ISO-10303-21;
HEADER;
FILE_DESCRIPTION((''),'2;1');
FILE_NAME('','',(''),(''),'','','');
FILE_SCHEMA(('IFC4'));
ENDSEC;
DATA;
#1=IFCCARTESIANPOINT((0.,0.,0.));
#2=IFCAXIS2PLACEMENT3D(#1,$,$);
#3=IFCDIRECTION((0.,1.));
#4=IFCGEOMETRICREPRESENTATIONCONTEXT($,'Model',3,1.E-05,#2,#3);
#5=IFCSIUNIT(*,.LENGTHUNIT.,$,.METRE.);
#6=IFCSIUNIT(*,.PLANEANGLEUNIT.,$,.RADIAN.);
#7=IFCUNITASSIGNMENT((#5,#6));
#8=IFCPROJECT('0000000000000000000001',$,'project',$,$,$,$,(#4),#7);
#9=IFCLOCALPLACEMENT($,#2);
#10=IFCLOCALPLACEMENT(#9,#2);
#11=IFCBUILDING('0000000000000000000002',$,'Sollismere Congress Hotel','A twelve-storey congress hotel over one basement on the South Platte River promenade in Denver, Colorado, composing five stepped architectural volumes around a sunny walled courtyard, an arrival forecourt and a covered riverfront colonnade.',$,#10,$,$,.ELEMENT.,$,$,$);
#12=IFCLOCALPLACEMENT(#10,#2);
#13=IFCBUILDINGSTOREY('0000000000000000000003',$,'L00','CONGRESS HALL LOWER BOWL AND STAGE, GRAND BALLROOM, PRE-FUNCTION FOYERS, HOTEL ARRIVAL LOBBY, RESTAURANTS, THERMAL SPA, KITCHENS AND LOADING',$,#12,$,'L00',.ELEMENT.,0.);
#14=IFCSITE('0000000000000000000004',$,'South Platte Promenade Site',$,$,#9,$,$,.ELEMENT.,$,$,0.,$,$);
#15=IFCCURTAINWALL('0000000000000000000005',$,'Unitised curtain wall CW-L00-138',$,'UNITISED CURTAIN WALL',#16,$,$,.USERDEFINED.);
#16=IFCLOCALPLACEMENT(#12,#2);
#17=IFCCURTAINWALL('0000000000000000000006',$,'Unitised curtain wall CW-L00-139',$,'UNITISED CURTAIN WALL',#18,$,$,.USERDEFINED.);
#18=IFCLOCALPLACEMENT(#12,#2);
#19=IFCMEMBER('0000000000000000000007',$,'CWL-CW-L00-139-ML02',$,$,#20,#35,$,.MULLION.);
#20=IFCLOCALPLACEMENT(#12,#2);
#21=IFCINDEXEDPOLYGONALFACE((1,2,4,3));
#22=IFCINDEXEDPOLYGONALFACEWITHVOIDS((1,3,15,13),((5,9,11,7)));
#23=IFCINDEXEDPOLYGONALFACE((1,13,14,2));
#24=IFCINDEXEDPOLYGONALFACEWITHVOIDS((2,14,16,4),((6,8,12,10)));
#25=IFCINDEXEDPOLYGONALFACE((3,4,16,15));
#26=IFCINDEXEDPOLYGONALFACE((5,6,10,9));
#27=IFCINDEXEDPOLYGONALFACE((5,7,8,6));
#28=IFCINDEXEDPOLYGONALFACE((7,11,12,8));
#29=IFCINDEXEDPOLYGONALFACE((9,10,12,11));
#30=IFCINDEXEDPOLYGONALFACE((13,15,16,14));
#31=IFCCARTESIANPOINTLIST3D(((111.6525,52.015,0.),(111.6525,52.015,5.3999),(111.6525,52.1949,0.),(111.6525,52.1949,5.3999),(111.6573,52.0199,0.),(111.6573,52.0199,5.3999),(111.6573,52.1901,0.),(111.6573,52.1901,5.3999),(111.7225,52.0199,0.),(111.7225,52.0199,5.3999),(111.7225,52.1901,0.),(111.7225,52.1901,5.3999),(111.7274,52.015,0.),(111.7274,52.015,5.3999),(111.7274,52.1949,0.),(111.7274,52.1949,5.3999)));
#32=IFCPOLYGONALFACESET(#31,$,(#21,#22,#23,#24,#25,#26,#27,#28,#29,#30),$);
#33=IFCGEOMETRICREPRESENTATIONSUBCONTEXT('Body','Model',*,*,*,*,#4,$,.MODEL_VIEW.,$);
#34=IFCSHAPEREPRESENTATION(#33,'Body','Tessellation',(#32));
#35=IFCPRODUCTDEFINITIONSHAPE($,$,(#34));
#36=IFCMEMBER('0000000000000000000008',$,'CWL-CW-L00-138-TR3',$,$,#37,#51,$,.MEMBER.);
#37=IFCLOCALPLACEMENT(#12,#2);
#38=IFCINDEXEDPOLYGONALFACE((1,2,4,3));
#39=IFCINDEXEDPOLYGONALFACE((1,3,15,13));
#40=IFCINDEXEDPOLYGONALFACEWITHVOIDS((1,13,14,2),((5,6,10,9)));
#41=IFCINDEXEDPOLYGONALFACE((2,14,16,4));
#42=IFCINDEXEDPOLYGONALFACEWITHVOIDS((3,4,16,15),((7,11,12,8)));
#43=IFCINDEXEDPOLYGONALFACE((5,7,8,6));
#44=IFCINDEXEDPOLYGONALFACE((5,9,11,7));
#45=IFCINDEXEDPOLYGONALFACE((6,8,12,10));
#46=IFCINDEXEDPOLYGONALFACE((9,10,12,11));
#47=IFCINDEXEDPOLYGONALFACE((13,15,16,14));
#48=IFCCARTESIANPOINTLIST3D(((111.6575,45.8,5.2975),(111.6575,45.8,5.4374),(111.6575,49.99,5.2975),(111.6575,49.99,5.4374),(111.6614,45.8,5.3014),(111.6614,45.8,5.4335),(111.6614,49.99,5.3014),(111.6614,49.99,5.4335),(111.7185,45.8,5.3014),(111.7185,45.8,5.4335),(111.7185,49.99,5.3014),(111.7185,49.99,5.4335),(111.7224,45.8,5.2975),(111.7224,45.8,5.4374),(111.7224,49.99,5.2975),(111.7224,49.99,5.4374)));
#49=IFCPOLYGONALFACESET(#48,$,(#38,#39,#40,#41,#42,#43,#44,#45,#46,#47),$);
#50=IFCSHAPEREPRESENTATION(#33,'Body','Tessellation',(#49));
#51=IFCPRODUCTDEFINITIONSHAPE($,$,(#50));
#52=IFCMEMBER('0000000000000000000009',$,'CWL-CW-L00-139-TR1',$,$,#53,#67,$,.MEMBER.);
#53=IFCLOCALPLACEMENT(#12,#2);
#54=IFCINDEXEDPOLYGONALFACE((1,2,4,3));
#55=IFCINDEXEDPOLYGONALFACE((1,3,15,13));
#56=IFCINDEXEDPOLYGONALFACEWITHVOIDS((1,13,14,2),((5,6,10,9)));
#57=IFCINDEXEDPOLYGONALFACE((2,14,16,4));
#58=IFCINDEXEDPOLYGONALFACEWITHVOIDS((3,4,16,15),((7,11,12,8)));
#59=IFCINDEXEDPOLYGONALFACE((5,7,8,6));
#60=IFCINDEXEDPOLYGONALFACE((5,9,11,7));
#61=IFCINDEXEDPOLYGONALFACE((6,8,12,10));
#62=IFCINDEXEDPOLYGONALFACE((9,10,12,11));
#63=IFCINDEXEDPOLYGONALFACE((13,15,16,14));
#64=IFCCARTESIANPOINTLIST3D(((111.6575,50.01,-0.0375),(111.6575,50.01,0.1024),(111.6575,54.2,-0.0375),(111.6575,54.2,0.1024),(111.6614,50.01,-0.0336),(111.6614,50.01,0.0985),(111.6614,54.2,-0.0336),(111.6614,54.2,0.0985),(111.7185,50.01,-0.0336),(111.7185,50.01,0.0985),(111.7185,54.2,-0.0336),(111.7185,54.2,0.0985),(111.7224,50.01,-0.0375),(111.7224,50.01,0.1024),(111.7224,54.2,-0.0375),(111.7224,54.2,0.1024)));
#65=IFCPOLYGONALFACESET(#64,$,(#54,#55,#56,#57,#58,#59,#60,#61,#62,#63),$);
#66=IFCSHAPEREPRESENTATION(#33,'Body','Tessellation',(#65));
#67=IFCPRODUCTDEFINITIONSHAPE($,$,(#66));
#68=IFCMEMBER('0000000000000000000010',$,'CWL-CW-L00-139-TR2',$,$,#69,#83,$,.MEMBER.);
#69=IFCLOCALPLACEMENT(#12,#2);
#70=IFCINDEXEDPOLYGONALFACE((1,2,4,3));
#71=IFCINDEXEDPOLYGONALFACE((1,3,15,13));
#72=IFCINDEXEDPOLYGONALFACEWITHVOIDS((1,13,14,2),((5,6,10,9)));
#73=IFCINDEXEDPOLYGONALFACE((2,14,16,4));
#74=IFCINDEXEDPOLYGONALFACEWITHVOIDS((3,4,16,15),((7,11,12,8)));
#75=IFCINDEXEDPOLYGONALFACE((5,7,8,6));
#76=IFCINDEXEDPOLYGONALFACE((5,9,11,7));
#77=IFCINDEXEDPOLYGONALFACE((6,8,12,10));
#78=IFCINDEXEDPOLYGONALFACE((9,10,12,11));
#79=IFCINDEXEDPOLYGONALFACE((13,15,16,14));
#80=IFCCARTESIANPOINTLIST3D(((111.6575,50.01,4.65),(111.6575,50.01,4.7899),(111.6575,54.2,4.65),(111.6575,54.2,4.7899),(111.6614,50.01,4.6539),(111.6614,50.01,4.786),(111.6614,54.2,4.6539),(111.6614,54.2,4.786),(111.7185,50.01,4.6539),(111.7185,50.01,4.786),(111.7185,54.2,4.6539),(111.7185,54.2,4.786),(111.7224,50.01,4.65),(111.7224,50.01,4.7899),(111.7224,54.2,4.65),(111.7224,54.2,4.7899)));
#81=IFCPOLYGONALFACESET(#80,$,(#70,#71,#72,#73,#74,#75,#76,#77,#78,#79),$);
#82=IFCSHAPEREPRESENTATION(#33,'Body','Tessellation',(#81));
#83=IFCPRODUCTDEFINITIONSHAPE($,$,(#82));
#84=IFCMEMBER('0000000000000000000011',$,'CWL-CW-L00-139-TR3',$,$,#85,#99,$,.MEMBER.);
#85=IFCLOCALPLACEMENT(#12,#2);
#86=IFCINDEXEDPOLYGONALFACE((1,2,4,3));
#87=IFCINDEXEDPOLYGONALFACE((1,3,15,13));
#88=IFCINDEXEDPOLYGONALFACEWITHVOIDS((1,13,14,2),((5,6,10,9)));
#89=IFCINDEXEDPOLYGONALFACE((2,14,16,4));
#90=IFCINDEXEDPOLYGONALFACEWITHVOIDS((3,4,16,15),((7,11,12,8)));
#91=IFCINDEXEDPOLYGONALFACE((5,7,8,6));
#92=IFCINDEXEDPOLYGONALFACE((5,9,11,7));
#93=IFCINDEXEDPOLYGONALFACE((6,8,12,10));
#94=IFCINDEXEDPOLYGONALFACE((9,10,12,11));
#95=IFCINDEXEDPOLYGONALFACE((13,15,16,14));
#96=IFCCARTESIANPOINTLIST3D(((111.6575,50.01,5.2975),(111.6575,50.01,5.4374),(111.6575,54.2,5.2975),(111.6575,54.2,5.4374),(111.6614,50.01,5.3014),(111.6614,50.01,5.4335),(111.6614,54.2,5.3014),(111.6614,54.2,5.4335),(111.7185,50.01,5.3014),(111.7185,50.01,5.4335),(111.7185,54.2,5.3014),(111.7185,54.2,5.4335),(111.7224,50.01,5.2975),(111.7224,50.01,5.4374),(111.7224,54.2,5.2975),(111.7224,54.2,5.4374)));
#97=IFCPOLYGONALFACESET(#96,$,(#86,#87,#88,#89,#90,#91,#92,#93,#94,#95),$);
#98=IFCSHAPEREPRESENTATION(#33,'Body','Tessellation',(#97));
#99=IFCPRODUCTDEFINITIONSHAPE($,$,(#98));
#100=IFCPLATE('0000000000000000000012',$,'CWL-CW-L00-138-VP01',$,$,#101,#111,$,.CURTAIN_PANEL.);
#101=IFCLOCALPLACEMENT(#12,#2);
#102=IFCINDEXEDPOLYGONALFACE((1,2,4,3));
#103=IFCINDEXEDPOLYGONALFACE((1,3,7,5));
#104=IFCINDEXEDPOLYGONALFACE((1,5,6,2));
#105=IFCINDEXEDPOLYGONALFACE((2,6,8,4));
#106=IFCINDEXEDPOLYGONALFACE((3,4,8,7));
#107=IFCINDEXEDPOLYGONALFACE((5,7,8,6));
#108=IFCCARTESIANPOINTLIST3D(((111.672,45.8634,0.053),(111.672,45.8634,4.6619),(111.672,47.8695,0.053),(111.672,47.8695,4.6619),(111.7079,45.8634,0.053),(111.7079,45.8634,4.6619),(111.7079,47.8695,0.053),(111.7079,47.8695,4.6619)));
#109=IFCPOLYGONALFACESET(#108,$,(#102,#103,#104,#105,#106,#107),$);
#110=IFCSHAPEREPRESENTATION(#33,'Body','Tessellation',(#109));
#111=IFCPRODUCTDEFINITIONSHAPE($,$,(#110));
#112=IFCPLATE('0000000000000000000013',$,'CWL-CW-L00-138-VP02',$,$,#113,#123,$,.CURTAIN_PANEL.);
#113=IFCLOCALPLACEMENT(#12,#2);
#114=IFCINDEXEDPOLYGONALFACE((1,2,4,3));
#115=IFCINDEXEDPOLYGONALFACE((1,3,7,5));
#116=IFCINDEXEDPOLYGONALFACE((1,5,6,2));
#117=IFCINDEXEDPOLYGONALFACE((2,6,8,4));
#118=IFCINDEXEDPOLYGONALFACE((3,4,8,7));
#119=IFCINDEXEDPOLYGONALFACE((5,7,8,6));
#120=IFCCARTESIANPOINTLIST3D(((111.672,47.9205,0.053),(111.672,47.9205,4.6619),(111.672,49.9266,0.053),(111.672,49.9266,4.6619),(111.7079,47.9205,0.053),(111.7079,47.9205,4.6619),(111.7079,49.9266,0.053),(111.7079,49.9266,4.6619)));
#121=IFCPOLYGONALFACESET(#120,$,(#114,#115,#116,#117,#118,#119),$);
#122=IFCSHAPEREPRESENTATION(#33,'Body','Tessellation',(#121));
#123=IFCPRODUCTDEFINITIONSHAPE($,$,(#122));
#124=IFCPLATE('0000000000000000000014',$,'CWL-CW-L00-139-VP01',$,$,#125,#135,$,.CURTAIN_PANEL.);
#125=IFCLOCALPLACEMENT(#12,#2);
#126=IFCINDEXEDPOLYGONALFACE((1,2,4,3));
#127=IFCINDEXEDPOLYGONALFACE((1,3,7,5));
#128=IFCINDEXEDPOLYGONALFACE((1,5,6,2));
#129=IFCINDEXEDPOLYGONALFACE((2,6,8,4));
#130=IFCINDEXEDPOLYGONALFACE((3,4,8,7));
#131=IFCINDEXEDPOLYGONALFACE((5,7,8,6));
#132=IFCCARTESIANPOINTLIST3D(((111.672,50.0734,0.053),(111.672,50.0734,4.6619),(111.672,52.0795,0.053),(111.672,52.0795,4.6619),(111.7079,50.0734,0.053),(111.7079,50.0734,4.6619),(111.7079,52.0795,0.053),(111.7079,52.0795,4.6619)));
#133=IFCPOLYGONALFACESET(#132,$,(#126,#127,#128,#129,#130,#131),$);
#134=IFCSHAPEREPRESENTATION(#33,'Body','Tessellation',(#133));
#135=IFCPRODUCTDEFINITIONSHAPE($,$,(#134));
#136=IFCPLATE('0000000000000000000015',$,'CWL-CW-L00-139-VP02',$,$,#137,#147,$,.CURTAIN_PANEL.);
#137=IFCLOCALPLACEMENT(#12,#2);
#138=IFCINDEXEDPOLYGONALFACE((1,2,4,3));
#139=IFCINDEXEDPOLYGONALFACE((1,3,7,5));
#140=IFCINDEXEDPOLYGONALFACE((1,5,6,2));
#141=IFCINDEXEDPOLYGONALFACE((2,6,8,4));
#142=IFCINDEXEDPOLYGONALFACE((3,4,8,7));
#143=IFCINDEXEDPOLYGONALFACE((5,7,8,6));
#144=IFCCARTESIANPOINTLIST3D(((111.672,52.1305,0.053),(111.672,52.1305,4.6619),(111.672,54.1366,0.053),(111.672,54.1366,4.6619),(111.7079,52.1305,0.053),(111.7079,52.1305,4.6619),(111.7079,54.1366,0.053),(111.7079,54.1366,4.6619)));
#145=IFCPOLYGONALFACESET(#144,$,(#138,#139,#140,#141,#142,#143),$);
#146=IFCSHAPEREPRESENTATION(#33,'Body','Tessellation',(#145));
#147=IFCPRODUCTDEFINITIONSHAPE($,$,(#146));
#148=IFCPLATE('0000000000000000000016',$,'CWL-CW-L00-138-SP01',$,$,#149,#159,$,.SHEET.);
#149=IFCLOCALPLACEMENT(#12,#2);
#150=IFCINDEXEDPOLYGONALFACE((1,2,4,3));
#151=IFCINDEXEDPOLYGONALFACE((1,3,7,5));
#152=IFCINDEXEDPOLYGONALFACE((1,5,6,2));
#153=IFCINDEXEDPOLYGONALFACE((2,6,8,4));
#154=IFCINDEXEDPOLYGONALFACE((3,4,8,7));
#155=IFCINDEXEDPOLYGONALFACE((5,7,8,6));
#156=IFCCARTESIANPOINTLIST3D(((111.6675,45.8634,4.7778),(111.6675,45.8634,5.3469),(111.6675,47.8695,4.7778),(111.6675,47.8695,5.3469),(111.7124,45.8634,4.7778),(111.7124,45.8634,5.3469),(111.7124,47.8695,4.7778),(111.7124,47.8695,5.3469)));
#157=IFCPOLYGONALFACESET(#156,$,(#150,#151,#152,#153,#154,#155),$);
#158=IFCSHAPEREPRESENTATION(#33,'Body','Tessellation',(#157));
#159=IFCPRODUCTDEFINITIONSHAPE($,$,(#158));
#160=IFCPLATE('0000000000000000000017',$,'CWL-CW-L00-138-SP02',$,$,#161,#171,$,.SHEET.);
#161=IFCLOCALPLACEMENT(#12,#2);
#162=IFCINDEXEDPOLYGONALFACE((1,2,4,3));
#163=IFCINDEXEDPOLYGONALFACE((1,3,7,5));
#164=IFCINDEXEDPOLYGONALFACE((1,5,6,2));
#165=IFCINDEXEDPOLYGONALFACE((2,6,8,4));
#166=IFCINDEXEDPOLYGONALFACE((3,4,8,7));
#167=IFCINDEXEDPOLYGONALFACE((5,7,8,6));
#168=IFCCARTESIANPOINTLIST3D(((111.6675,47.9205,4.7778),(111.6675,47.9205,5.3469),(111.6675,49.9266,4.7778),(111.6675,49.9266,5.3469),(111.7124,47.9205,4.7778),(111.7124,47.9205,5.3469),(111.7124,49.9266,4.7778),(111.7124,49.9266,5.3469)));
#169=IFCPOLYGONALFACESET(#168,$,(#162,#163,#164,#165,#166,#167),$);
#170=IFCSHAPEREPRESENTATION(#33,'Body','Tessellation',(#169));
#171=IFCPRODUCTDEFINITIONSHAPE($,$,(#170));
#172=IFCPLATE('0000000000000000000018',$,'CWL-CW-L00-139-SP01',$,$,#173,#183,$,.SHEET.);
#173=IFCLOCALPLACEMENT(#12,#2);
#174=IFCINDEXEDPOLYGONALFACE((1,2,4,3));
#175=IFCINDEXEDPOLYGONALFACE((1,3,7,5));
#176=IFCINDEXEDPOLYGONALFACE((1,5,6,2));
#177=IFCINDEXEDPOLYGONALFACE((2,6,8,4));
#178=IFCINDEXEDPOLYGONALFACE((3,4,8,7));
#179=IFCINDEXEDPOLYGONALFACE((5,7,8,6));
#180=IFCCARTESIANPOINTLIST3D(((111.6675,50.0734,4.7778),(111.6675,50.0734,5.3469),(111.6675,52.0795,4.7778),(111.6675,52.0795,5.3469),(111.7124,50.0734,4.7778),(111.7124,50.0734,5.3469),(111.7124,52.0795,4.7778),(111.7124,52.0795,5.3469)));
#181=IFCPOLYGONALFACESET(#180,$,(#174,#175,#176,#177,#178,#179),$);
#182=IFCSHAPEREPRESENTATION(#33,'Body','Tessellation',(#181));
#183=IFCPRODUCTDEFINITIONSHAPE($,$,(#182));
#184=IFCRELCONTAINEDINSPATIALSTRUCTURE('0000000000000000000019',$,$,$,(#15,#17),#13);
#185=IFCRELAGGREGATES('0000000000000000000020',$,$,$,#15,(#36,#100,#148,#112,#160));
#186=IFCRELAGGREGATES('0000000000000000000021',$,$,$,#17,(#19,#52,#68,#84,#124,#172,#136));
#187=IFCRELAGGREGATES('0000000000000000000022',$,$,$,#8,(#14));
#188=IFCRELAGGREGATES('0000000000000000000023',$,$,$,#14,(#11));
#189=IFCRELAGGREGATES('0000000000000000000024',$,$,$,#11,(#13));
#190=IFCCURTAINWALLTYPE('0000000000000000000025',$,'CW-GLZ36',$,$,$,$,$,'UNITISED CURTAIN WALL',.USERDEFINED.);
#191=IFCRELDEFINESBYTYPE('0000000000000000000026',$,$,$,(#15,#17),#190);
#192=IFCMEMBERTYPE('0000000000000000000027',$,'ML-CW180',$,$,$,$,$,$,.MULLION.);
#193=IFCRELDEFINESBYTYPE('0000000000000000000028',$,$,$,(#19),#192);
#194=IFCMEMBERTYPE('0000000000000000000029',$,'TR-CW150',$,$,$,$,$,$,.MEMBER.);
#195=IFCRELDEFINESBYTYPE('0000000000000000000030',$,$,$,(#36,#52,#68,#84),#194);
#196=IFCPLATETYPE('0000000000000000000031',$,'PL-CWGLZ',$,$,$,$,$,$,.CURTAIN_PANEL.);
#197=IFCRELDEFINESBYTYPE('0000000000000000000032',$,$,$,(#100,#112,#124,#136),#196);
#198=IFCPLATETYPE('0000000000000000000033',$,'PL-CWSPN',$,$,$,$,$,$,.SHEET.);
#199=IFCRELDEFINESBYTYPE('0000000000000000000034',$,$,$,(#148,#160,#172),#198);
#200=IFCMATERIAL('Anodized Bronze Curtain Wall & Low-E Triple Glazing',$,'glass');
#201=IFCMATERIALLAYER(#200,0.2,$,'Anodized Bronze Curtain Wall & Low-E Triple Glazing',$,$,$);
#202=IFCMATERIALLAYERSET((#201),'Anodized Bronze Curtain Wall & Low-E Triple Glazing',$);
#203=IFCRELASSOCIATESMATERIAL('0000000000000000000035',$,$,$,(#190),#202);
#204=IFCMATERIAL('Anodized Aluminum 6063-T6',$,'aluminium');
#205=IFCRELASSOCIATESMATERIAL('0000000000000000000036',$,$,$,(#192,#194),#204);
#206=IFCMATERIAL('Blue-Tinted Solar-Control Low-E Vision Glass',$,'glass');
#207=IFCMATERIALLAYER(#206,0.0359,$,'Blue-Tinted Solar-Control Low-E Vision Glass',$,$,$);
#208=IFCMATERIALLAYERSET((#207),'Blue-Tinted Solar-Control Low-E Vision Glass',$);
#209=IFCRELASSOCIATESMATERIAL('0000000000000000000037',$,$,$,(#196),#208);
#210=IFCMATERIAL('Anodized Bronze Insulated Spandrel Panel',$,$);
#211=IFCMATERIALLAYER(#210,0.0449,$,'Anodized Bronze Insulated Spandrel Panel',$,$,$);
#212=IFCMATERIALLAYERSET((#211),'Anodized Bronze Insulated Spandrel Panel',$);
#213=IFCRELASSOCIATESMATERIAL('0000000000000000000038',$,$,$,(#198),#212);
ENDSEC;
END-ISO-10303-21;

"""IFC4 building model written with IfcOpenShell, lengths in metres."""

from ifc_helpers import new_model, si_unit, direction, frame, origin, origin_2d, place, context, subcontext, project, spatial, rectangle, hollow_rectangle, extrude, material, layer, layer_set, material_profile, profile_set, type_object, element, aggregate, save


model = new_model("IFC4")

# Units and contexts
model_context = context("Model", 3, precision=1e-05, world=origin(), true_north=direction((0.0, 1.0)))
body_context = subcontext(model_context, "Body", "Model", "MODEL_VIEW")
ifc_project = project(units=[si_unit("LENGTHUNIT", "METRE"), si_unit("PLANEANGLEUNIT", "RADIAN")], contexts=[model_context])

# Site, building, storey
site_placement = place(None, origin())
site = spatial("IfcSite", under=ifc_project, at=site_placement, Name="South Platte Promenade Site", CompositionType="ELEMENT", RefElevation=0.0)
building_placement = place(site_placement, origin())
building = spatial("IfcBuilding", under=site, at=building_placement, Name="Sollismere Congress Hotel", Description="A twelve-storey congress hotel over one basement on the South Platte River promenade in Denver, Colorado, composing five stepped architectural volumes around a sunny walled courtyard, an arrival forecourt and a covered riverfront colonnade.", CompositionType="ELEMENT")
storey_placement = place(building_placement, origin())
storey = spatial("IfcBuildingStorey", under=building, at=storey_placement, Name="L00", Description="CONGRESS HALL LOWER BOWL AND STAGE, GRAND BALLROOM, PRE-FUNCTION FOYERS, HOTEL ARRIVAL LOBBY, RESTAURANTS, THERMAL SPA, KITCHENS AND LOADING", LongName="L00", CompositionType="ELEMENT", Elevation=0.0)

# Curtain walls, member
ifc_material_1 = material(Name="Anodized Bronze Curtain Wall & Low-E Triple Glazing", Category="glass")
ifc_layer_1 = layer(ifc_material_1, 0.2, Name="Anodized Bronze Curtain Wall & Low-E Triple Glazing")
ifc_layer_set_1 = layer_set([ifc_layer_1], Name="Anodized Bronze Curtain Wall & Low-E Triple Glazing")
curtain_wall_type = type_object("IfcCurtainWallType", Name="CW-GLZ36", ElementType="UNITISED CURTAIN WALL", PredefinedType="USERDEFINED", material=ifc_layer_set_1)
curtain_wall_1_placement = place(storey_placement, origin())
curtain_wall_1 = element("IfcCurtainWall", 1, at=curtain_wall_1_placement, inside=storey, type_object=curtain_wall_type, Name="Unitised curtain wall CW-L00-138", ObjectType="UNITISED CURTAIN WALL", PredefinedType="USERDEFINED")
ifc_material_2 = material(Name="Anodized Aluminum 6063-T6", Category="aluminium")
ifc_material_profile_1 = material_profile(ifc_material_2, hollow_rectangle(XDim=0.075, YDim=0.1799, WallThickness=0.0049, at=origin_2d()), Name="ALU180X75X5")
ifc_profile_set_1 = profile_set([ifc_material_profile_1], Name="Anodized Aluminum 6063-T6")
member_type_1 = type_object("IfcMemberType", Name="ML-CW180", PredefinedType="MULLION", material=ifc_profile_set_1)
curtain_wall_2_placement = place(storey_placement, origin())
curtain_wall_2 = element("IfcCurtainWall", 2, at=curtain_wall_2_placement, inside=storey, type_object=curtain_wall_type, Name="Unitised curtain wall CW-L00-139", ObjectType="UNITISED CURTAIN WALL", PredefinedType="USERDEFINED")
member_1_placement = place(storey_placement, frame((111.6899, 52.105, 0.0), z_axis=(0.0, 0.0, 1.0), x_axis=(-1.0, 0.0, 0.0)))
member_1 = element("IfcMember", 3, at=member_1_placement, type_object=member_type_1, Name="CWL-CW-L00-139-ML02", PredefinedType="MULLION", context=body_context, shape_type="SweptSolid", body=[
    extrude(hollow_rectangle(XDim=0.075, YDim=0.1799, WallThickness=0.0049, at=origin_2d()), origin(), (0.0, 0.0, 1.0), 5.3999),
])

# Members
ifc_material_profile_2 = material_profile(ifc_material_2, hollow_rectangle(XDim=0.0649, YDim=0.1399, WallThickness=0.0039, at=origin_2d()), Name="ALU140X65X4")
ifc_profile_set_2 = profile_set([ifc_material_profile_2], Name="Anodized Aluminum 6063-T6")
member_type_2 = type_object("IfcMemberType", Name="TR-CW150", PredefinedType="MEMBER", material=ifc_profile_set_2)
member_2_placement = place(storey_placement, frame((111.6899, 45.8, 5.3674), z_axis=(0.0, 1.0, 0.0), x_axis=(-1.0, 0.0, 0.0)))
member_2 = element("IfcMember", 4, at=member_2_placement, type_object=member_type_2, Name="CWL-CW-L00-138-TR3", PredefinedType="MEMBER", context=body_context, shape_type="SweptSolid", body=[
    extrude(hollow_rectangle(XDim=0.0649, YDim=0.1399, WallThickness=0.0039, at=origin_2d()), origin(), (0.0, 0.0, 1.0), 4.1899),
])
member_3_placement = place(storey_placement, frame((111.6899, 50.01, 0.0325), z_axis=(0.0, 1.0, 0.0), x_axis=(-1.0, 0.0, 0.0)))
member_3 = element("IfcMember", 5, at=member_3_placement, type_object=member_type_2, Name="CWL-CW-L00-139-TR1", PredefinedType="MEMBER", context=body_context, shape_type="SweptSolid", body=[
    extrude(hollow_rectangle(XDim=0.0649, YDim=0.1399, WallThickness=0.0039, at=origin_2d()), origin(), (0.0, 0.0, 1.0), 4.1899),
])
member_4_placement = place(storey_placement, frame((111.6899, 50.01, 4.72), z_axis=(0.0, 1.0, 0.0), x_axis=(-1.0, 0.0, 0.0)))
member_4 = element("IfcMember", 6, at=member_4_placement, type_object=member_type_2, Name="CWL-CW-L00-139-TR2", PredefinedType="MEMBER", context=body_context, shape_type="SweptSolid", body=[
    extrude(hollow_rectangle(XDim=0.0649, YDim=0.1399, WallThickness=0.0039, at=origin_2d()), origin(), (0.0, 0.0, 1.0), 4.1899),
])
member_5_placement = place(storey_placement, frame((111.6899, 50.01, 5.3674), z_axis=(0.0, 1.0, 0.0), x_axis=(-1.0, 0.0, 0.0)))
member_5 = element("IfcMember", 7, at=member_5_placement, type_object=member_type_2, Name="CWL-CW-L00-139-TR3", PredefinedType="MEMBER", context=body_context, shape_type="SweptSolid", body=[
    extrude(hollow_rectangle(XDim=0.0649, YDim=0.1399, WallThickness=0.0039, at=origin_2d()), origin(), (0.0, 0.0, 1.0), 4.1899),
])

# Plates
ifc_material_3 = material(Name="Blue-Tinted Solar-Control Low-E Vision Glass", Category="glass")
ifc_layer_2 = layer(ifc_material_3, 0.0359, Name="Blue-Tinted Solar-Control Low-E Vision Glass")
ifc_layer_set_2 = layer_set([ifc_layer_2], Name="Blue-Tinted Solar-Control Low-E Vision Glass")
plate_type_1 = type_object("IfcPlateType", Name="PL-CWGLZ", PredefinedType="CURTAIN_PANEL", material=ifc_layer_set_2)
plate_1_placement = place(storey_placement, frame((111.6899, 46.8665, 0.053), z_axis=(0.0, 0.0, 1.0), x_axis=(0.0, 1.0, 0.0)))
plate_1 = element("IfcPlate", 8, at=plate_1_placement, type_object=plate_type_1, Name="CWL-CW-L00-138-VP01", PredefinedType="CURTAIN_PANEL", context=body_context, shape_type="SweptSolid", body=[
    extrude(rectangle(XDim=2.0061, YDim=0.0359, at=origin_2d()), origin(), (0.0, 0.0, 1.0), 4.6089),
])
plate_2_placement = place(storey_placement, frame((111.6899, 48.9236, 0.053), z_axis=(0.0, 0.0, 1.0), x_axis=(0.0, 1.0, 0.0)))
plate_2 = element("IfcPlate", 9, at=plate_2_placement, type_object=plate_type_1, Name="CWL-CW-L00-138-VP02", PredefinedType="CURTAIN_PANEL", context=body_context, shape_type="SweptSolid", body=[
    extrude(rectangle(XDim=2.0061, YDim=0.0359, at=origin_2d()), origin(), (0.0, 0.0, 1.0), 4.6089),
])
plate_3_placement = place(storey_placement, frame((111.6899, 51.0764, 0.053), z_axis=(0.0, 0.0, 1.0), x_axis=(0.0, 1.0, 0.0)))
plate_3 = element("IfcPlate", 10, at=plate_3_placement, type_object=plate_type_1, Name="CWL-CW-L00-139-VP01", PredefinedType="CURTAIN_PANEL", context=body_context, shape_type="SweptSolid", body=[
    extrude(rectangle(XDim=2.0061, YDim=0.0359, at=origin_2d()), origin(), (0.0, 0.0, 1.0), 4.6089),
])
plate_4_placement = place(storey_placement, frame((111.6899, 53.1335, 0.053), z_axis=(0.0, 0.0, 1.0), x_axis=(0.0, 1.0, 0.0)))
plate_4 = element("IfcPlate", 11, at=plate_4_placement, type_object=plate_type_1, Name="CWL-CW-L00-139-VP02", PredefinedType="CURTAIN_PANEL", context=body_context, shape_type="SweptSolid", body=[
    extrude(rectangle(XDim=2.0061, YDim=0.0359, at=origin_2d()), origin(), (0.0, 0.0, 1.0), 4.6089),
])
ifc_material_4 = material(Name="Anodized Bronze Insulated Spandrel Panel")
ifc_layer_3 = layer(ifc_material_4, 0.0449, Name="Anodized Bronze Insulated Spandrel Panel")
ifc_layer_set_3 = layer_set([ifc_layer_3], Name="Anodized Bronze Insulated Spandrel Panel")
plate_type_2 = type_object("IfcPlateType", Name="PL-CWSPN", PredefinedType="SHEET", material=ifc_layer_set_3)
plate_5_placement = place(storey_placement, frame((111.6899, 46.8665, 4.7778), z_axis=(0.0, 0.0, 1.0), x_axis=(0.0, 1.0, 0.0)))
plate_5 = element("IfcPlate", 12, at=plate_5_placement, type_object=plate_type_2, Name="CWL-CW-L00-138-SP01", PredefinedType="SHEET", context=body_context, shape_type="SweptSolid", body=[
    extrude(rectangle(XDim=2.0061, YDim=0.0449, at=origin_2d()), origin(), (0.0, 0.0, 1.0), 0.5691),
])
plate_6_placement = place(storey_placement, frame((111.6899, 48.9236, 4.7778), z_axis=(0.0, 0.0, 1.0), x_axis=(0.0, 1.0, 0.0)))
plate_6 = element("IfcPlate", 13, at=plate_6_placement, type_object=plate_type_2, Name="CWL-CW-L00-138-SP02", PredefinedType="SHEET", context=body_context, shape_type="SweptSolid", body=[
    extrude(rectangle(XDim=2.0061, YDim=0.0449, at=origin_2d()), origin(), (0.0, 0.0, 1.0), 0.5691),
])
aggregate(curtain_wall_1, [member_2, plate_1, plate_5, plate_2, plate_6])
plate_7_placement = place(storey_placement, frame((111.6899, 51.0764, 4.7778), z_axis=(0.0, 0.0, 1.0), x_axis=(0.0, 1.0, 0.0)))
plate_7 = element("IfcPlate", 14, at=plate_7_placement, type_object=plate_type_2, Name="CWL-CW-L00-139-SP01", PredefinedType="SHEET", context=body_context, shape_type="SweptSolid", body=[
    extrude(rectangle(XDim=2.0061, YDim=0.0449, at=origin_2d()), origin(), (0.0, 0.0, 1.0), 0.5691),
])
aggregate(curtain_wall_2, [member_1, member_3, member_4, member_5, plate_3, plate_7, plate_4])

save(model, "model.ifc")
